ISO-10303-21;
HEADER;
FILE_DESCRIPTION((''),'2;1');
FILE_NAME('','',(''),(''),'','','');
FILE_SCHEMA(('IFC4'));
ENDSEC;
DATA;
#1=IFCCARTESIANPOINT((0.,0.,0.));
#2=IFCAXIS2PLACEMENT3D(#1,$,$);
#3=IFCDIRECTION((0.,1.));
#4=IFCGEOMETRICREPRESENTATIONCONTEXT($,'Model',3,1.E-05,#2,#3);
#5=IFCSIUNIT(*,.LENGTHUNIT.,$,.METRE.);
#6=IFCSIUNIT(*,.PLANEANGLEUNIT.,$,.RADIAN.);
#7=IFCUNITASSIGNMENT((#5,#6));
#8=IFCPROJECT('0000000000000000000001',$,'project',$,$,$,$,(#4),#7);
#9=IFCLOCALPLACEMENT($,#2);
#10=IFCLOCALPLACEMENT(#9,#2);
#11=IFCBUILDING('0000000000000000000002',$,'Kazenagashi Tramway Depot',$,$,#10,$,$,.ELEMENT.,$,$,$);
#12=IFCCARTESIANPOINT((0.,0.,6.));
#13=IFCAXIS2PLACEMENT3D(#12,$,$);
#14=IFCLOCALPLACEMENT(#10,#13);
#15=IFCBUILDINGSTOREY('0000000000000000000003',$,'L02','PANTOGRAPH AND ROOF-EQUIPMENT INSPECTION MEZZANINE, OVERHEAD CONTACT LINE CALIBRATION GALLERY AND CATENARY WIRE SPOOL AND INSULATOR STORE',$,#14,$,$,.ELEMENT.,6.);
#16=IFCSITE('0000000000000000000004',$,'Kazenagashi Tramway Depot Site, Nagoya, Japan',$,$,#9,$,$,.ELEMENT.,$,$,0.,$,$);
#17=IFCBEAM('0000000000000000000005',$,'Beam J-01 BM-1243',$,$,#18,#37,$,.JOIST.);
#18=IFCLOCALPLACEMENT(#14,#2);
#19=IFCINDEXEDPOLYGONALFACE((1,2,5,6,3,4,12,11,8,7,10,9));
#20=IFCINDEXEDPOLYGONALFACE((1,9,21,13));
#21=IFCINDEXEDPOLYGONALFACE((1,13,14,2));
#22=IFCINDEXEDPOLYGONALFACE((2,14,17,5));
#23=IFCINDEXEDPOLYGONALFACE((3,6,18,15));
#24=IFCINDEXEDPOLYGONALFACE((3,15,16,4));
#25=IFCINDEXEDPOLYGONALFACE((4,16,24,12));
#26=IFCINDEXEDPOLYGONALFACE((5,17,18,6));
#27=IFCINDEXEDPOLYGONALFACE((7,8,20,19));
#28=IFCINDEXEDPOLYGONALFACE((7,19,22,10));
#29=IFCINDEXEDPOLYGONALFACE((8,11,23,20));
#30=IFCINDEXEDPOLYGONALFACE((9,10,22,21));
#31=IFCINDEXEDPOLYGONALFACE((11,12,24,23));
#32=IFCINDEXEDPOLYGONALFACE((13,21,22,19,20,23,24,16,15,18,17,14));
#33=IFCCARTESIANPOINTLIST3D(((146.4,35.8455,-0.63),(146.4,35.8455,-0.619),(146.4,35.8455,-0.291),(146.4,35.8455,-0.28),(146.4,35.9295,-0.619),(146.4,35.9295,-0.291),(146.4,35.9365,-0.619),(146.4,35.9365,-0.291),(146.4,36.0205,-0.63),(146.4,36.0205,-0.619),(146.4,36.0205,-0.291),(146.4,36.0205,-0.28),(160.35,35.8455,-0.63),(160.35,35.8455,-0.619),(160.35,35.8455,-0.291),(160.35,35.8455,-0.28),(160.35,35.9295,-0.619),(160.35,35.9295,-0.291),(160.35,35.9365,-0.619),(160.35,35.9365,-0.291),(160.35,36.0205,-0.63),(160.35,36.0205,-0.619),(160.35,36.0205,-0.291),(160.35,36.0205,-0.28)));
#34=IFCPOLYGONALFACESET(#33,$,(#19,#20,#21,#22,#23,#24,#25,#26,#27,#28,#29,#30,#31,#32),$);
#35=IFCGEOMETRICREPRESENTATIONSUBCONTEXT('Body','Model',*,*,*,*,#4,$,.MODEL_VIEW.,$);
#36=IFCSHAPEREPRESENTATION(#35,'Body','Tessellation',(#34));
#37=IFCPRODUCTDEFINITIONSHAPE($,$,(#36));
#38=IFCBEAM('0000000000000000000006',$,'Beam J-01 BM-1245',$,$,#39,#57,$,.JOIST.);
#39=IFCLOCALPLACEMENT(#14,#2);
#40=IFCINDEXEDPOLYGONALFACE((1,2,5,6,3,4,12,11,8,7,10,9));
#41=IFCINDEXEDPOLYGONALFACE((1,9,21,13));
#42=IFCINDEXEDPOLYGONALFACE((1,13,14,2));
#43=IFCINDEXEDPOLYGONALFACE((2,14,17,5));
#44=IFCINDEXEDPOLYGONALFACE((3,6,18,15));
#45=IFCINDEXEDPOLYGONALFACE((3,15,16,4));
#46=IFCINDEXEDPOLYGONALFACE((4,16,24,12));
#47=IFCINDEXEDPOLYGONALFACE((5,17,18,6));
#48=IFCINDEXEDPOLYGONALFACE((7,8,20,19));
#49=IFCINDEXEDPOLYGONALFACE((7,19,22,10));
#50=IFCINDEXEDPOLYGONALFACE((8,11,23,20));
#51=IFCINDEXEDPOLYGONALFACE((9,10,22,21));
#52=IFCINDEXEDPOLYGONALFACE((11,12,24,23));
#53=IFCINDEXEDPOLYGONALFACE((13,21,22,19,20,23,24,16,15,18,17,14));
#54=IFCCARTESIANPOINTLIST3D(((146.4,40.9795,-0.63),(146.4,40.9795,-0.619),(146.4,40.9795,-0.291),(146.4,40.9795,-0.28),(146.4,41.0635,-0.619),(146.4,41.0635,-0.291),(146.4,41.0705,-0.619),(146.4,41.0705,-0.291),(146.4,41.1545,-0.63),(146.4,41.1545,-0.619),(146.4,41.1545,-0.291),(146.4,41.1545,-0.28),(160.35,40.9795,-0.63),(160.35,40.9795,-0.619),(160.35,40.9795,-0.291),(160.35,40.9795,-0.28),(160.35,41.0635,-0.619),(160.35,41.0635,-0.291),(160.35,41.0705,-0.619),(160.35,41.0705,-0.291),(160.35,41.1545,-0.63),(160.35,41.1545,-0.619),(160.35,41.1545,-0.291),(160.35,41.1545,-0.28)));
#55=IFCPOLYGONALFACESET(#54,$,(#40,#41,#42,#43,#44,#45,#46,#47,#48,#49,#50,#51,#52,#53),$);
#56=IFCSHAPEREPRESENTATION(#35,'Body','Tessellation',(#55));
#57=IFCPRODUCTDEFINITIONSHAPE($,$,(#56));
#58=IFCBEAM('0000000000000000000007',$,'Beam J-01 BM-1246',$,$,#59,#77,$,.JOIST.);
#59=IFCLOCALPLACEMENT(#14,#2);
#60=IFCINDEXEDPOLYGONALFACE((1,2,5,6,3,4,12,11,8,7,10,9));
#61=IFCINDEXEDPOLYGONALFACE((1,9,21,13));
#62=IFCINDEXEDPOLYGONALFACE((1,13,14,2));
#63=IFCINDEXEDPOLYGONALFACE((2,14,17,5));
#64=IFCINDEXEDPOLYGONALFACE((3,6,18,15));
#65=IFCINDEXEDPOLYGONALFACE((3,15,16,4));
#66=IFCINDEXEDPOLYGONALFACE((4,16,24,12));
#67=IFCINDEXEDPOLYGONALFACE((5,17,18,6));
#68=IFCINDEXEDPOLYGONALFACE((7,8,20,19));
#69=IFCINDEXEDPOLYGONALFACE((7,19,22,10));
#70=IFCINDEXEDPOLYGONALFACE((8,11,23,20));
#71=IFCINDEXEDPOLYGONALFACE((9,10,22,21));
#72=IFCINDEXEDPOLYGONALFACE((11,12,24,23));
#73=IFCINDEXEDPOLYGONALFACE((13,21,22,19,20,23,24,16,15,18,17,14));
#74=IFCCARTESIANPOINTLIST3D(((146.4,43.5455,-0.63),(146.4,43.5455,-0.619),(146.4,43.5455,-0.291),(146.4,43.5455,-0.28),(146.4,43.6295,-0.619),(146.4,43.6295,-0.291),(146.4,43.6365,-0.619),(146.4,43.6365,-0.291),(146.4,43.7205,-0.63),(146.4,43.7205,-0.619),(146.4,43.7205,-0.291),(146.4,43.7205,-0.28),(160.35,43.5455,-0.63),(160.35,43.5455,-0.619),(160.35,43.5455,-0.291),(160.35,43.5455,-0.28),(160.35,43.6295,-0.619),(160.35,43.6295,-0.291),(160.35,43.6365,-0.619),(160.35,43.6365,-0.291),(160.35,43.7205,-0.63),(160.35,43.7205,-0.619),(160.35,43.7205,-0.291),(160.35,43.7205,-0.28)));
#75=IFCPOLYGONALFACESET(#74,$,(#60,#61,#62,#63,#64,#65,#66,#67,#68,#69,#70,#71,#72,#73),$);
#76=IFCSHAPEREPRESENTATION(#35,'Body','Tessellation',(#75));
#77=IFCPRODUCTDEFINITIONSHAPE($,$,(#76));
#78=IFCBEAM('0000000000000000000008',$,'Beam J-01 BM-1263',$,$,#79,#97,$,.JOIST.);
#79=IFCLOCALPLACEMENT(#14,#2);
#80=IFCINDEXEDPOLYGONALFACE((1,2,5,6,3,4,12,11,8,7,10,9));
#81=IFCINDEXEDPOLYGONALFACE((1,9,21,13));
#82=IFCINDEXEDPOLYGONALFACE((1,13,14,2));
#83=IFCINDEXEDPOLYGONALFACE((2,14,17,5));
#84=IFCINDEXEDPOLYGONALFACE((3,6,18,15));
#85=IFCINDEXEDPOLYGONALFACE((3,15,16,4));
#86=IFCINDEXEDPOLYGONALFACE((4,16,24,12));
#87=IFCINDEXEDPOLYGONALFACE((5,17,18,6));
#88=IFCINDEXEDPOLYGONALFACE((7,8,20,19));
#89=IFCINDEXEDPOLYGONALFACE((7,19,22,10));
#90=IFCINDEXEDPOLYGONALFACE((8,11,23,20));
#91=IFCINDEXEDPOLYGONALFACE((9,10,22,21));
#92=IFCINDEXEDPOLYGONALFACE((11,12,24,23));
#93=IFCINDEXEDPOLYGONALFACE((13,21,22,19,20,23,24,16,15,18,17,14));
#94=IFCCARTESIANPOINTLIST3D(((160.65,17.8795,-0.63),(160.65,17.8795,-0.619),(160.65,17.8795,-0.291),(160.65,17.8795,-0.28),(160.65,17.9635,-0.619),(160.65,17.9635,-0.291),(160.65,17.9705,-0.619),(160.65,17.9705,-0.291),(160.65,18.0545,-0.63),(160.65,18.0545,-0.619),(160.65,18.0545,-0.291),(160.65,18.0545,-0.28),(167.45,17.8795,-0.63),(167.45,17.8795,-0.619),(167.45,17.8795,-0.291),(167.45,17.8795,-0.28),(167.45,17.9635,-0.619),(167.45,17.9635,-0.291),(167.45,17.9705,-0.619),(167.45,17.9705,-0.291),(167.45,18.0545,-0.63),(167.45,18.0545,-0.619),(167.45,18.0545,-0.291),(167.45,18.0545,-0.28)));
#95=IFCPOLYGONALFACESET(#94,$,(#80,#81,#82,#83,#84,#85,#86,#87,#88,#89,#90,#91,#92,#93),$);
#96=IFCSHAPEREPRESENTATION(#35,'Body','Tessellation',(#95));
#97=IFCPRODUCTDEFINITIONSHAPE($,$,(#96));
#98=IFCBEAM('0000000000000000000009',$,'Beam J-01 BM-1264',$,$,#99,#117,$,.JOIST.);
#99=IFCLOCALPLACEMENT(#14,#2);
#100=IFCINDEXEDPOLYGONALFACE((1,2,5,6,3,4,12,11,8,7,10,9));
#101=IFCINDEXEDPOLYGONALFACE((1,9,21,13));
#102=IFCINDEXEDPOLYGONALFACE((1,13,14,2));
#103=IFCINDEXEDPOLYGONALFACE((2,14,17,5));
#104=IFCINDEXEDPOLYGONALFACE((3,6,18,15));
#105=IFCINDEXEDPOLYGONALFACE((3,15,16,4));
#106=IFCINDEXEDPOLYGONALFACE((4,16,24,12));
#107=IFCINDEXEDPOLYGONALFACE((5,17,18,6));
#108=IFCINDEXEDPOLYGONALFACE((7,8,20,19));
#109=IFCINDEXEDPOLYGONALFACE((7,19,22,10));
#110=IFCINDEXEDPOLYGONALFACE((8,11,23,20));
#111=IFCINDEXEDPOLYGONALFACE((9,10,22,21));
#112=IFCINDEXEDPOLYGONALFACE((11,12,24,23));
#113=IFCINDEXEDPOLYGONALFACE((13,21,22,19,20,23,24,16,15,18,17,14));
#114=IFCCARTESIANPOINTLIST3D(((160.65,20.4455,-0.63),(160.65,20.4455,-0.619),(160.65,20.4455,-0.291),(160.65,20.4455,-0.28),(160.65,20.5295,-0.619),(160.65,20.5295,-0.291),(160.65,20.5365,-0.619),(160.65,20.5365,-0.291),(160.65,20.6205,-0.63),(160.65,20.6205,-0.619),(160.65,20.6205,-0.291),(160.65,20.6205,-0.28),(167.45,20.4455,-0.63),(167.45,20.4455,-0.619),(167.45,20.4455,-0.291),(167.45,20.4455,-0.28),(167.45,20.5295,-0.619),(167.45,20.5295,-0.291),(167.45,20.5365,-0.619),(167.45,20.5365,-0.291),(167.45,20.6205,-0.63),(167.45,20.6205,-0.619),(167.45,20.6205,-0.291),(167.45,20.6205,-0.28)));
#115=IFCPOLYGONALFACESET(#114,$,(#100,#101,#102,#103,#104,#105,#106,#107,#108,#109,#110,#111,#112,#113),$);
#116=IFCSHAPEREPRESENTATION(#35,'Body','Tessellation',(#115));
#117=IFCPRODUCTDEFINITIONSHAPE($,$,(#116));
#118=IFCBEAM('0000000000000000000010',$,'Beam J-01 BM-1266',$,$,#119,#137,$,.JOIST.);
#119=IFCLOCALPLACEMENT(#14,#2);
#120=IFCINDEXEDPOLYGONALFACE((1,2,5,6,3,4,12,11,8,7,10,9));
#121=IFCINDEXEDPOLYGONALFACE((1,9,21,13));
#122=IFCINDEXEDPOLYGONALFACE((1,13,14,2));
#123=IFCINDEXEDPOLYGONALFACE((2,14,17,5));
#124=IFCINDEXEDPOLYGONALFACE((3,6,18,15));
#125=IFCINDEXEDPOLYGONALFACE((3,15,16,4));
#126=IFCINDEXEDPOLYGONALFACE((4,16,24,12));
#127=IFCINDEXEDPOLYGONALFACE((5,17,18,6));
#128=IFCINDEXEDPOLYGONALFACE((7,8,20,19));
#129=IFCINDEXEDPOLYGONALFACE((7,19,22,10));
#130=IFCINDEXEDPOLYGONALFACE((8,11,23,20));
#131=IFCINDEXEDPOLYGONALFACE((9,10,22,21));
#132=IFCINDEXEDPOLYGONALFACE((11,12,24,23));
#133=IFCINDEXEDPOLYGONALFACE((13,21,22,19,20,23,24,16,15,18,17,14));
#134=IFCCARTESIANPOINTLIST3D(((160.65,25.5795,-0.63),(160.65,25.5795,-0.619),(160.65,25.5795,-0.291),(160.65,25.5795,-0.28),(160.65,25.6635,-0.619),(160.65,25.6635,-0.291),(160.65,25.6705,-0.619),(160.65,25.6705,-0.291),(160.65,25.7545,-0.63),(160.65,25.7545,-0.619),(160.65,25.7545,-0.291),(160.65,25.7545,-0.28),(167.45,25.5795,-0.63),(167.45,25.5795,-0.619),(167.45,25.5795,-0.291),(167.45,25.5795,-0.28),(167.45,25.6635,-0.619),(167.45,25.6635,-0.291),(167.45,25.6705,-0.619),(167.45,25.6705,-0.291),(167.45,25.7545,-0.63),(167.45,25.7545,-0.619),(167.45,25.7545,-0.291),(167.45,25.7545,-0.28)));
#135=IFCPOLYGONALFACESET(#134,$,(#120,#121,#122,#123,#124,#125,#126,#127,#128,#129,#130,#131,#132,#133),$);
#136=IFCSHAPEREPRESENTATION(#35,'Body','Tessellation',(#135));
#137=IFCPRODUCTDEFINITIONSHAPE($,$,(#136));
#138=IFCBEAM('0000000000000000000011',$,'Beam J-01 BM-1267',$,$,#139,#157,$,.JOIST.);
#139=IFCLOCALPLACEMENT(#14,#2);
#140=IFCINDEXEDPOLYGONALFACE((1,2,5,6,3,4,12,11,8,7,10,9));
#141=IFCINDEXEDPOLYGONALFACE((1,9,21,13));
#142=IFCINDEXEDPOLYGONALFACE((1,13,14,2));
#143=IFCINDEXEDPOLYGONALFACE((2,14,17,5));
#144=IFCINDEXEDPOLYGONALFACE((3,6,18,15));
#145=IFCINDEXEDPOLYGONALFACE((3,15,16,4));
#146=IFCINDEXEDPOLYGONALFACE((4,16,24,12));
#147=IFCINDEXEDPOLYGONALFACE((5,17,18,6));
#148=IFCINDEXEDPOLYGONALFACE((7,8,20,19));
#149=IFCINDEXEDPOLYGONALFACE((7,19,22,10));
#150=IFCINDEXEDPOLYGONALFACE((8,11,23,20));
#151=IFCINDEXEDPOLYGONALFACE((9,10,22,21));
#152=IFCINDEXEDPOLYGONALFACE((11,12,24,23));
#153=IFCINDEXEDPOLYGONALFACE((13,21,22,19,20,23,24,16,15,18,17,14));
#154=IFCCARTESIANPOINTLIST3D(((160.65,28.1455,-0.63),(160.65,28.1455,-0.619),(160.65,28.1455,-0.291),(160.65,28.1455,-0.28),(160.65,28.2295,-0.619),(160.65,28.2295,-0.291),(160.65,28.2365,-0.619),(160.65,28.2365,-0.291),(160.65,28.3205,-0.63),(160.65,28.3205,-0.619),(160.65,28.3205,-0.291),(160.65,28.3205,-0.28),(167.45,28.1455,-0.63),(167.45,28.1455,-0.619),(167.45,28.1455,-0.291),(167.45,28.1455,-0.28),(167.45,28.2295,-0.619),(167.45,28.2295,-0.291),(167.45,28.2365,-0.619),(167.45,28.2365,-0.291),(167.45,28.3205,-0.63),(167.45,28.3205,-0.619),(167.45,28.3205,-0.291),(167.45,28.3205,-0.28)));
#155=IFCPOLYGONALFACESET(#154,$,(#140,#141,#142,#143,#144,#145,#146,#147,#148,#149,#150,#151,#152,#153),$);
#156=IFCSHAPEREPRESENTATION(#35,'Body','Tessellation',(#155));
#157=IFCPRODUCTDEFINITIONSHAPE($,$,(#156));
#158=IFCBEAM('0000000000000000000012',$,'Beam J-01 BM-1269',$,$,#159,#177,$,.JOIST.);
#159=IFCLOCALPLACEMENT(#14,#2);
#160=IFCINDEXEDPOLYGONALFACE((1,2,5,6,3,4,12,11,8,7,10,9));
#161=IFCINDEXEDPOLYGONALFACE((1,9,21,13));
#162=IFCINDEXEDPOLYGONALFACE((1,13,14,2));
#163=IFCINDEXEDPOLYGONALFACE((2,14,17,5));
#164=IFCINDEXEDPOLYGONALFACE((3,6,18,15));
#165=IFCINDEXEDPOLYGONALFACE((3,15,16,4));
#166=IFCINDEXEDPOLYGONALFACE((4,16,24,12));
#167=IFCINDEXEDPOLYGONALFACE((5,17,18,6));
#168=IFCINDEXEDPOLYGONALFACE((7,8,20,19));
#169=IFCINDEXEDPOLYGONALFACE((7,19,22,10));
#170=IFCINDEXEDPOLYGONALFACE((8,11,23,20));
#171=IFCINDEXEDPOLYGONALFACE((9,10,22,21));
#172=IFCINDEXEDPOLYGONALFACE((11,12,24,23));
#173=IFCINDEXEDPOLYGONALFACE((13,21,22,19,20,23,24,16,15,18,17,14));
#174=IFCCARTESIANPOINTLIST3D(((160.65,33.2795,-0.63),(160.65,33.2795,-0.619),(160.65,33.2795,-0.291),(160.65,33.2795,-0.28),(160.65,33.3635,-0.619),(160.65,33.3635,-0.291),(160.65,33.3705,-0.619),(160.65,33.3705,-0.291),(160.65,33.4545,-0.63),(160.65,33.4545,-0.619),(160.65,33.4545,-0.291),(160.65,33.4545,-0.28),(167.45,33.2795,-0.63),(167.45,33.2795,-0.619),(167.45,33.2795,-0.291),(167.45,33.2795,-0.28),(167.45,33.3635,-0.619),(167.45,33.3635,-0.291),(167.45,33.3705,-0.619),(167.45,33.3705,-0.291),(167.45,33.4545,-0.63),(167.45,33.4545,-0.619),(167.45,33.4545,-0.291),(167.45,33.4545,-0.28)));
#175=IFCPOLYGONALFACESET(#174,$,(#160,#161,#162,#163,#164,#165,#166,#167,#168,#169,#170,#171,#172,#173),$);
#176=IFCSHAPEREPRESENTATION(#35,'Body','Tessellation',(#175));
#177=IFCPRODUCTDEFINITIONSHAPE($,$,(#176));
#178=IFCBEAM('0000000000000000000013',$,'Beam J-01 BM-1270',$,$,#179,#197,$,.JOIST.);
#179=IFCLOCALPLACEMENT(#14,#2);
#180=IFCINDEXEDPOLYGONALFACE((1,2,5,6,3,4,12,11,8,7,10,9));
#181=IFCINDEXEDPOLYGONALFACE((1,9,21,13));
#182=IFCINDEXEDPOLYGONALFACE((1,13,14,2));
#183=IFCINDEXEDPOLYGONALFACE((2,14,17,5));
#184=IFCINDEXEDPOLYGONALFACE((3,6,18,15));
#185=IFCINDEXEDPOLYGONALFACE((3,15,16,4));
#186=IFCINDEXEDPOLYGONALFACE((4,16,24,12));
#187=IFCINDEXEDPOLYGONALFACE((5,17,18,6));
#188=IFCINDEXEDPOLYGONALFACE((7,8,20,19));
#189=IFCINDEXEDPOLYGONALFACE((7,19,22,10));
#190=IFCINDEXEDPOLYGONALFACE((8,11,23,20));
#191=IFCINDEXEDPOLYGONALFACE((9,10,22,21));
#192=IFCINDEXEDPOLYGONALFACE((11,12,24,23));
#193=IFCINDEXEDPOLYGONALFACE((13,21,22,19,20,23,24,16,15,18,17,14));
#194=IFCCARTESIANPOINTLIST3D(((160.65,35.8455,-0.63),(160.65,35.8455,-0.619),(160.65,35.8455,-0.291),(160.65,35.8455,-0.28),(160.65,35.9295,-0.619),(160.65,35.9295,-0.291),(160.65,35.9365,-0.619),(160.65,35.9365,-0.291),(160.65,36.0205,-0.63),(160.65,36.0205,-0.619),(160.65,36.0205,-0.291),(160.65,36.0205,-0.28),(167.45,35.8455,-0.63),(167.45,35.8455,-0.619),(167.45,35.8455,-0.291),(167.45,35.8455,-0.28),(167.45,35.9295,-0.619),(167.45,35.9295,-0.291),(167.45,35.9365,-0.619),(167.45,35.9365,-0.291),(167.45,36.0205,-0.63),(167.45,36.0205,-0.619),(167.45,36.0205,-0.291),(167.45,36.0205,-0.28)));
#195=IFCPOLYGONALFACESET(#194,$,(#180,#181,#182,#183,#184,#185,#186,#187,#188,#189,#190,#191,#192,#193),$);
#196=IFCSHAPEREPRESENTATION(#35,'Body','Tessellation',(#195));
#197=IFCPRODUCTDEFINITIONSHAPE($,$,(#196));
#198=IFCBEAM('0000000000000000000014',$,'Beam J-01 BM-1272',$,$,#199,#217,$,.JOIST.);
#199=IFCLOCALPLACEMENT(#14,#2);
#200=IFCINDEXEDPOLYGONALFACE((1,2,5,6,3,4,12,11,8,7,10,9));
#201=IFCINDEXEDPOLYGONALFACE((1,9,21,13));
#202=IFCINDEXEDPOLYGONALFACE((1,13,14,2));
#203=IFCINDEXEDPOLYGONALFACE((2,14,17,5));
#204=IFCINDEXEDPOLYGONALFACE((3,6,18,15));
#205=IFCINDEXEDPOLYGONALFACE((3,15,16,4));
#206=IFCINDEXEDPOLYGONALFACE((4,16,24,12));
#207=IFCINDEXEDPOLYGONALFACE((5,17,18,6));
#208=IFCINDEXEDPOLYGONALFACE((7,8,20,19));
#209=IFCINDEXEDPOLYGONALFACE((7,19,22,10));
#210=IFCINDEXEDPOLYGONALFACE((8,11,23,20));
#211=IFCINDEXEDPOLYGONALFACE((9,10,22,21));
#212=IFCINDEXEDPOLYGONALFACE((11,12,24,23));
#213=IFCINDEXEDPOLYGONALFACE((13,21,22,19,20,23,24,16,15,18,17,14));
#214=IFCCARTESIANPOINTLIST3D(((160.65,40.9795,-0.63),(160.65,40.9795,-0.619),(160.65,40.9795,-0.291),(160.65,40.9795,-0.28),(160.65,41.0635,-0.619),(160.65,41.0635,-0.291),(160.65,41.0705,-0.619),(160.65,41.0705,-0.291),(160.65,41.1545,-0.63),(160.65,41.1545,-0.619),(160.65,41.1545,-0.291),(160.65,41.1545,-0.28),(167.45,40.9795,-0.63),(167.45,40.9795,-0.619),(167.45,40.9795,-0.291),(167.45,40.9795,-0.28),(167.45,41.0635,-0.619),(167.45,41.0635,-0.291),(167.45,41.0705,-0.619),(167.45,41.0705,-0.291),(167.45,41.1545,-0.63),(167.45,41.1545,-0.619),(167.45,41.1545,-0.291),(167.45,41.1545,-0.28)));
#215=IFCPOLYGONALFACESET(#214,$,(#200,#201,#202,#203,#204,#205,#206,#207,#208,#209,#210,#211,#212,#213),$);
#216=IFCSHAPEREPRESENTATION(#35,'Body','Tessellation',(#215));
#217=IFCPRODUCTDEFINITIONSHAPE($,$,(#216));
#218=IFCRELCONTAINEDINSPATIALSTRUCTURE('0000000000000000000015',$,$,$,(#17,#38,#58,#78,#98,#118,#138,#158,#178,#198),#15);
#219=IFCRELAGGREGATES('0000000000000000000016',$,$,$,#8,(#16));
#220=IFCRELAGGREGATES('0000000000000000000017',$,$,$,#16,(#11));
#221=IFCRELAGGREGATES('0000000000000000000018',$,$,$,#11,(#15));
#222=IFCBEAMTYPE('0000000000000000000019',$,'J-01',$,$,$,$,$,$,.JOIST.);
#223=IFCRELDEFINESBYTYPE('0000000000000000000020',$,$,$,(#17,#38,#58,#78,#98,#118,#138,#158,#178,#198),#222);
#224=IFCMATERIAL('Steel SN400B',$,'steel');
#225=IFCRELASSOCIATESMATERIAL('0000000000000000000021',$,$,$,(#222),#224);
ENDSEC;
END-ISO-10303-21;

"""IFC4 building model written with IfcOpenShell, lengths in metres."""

from ifc_helpers import new_model, si_unit, direction, frame, origin, origin_2d, place, context, subcontext, project, spatial, i_section, extrude, material, material_profile, profile_set, type_object, element, save


model = new_model("IFC4")

# Units and contexts
model_context = context("Model", 3, precision=1e-05, world=origin(), true_north=direction((0.0, 1.0)))
body_context = subcontext(model_context, "Body", "Model", "MODEL_VIEW")
ifc_project = project(units=[si_unit("LENGTHUNIT", "METRE"), si_unit("PLANEANGLEUNIT", "RADIAN")], contexts=[model_context])

# Site, building, storey
site_placement = place(None, origin())
site = spatial("IfcSite", under=ifc_project, at=site_placement, Name="Kazenagashi Tramway Depot Site, Nagoya, Japan", CompositionType="ELEMENT", RefElevation=0.0)
building_placement = place(site_placement, origin())
building = spatial("IfcBuilding", under=site, at=building_placement, Name="Kazenagashi Tramway Depot", CompositionType="ELEMENT")
storey_placement = place(building_placement, frame((0.0, 0.0, 6.0)))
storey = spatial("IfcBuildingStorey", under=building, at=storey_placement, Name="L02", Description="PANTOGRAPH AND ROOF-EQUIPMENT INSPECTION MEZZANINE, OVERHEAD CONTACT LINE CALIBRATION GALLERY AND CATENARY WIRE SPOOL AND INSULATOR STORE", CompositionType="ELEMENT", Elevation=6.0)

# Beams
ifc_material_1 = material(Name="Steel SN400B", Category="steel")
ifc_material_profile_1 = material_profile(ifc_material_1, i_section(OverallWidth=0.175, OverallDepth=0.35, WebThickness=0.007, FlangeThickness=0.011, at=origin_2d()), Name="H-350x175x7x11")
ifc_profile_set_1 = profile_set([ifc_material_profile_1], Name="Steel SN400B")
beam_type_1 = type_object("IfcBeamType", Name="J-01", PredefinedType="JOIST", material=ifc_profile_set_1)
for number, where, z_axis, x_axis, name in (
    (1, (146.4, 35.933, -0.455), (1.0, 0.0, 0.0), (0.0, 1.0, 0.0), "Beam J-01 BM-1243"),
    (2, (146.4, 41.067, -0.455), (1.0, 0.0, 0.0), (0.0, 1.0, 0.0), "Beam J-01 BM-1245"),
    (3, (146.4, 43.633, -0.455), (1.0, 0.0, 0.0), (0.0, 1.0, 0.0), "Beam J-01 BM-1246"),
):
    element("IfcBeam", number, at=place(storey_placement, frame(where, z_axis=z_axis, x_axis=x_axis)), inside=storey, type_object=beam_type_1, Name=name, PredefinedType="JOIST", context=body_context, shape_type="SweptSolid", body=[
        extrude(i_section(OverallWidth=0.175, OverallDepth=0.35, WebThickness=0.007, FlangeThickness=0.011, at=origin_2d()), origin(), (0.0, 0.0, 1.0), 13.95),
    ])
for number, where, z_axis, x_axis, name in (
    (4, (160.65, 17.967, -0.455), (1.0, 0.0, 0.0), (0.0, 1.0, 0.0), "Beam J-01 BM-1263"),
    (5, (160.65, 20.533, -0.455), (1.0, 0.0, 0.0), (0.0, 1.0, 0.0), "Beam J-01 BM-1264"),
    (6, (160.65, 25.667, -0.455), (1.0, 0.0, 0.0), (0.0, 1.0, 0.0), "Beam J-01 BM-1266"),
    (7, (160.65, 28.233, -0.455), (1.0, 0.0, 0.0), (0.0, 1.0, 0.0), "Beam J-01 BM-1267"),
    (8, (160.65, 33.367, -0.455), (1.0, 0.0, 0.0), (0.0, 1.0, 0.0), "Beam J-01 BM-1269"),
    (9, (160.65, 35.933, -0.455), (1.0, 0.0, 0.0), (0.0, 1.0, 0.0), "Beam J-01 BM-1270"),
    (10, (160.65, 41.067, -0.455), (1.0, 0.0, 0.0), (0.0, 1.0, 0.0), "Beam J-01 BM-1272"),
):
    element("IfcBeam", number, at=place(storey_placement, frame(where, z_axis=z_axis, x_axis=x_axis)), inside=storey, type_object=beam_type_1, Name=name, PredefinedType="JOIST", context=body_context, shape_type="SweptSolid", body=[
        extrude(i_section(OverallWidth=0.175, OverallDepth=0.35, WebThickness=0.007, FlangeThickness=0.011, at=origin_2d()), origin(), (0.0, 0.0, 1.0), 6.8),
    ])

save(model, "model.ifc")
